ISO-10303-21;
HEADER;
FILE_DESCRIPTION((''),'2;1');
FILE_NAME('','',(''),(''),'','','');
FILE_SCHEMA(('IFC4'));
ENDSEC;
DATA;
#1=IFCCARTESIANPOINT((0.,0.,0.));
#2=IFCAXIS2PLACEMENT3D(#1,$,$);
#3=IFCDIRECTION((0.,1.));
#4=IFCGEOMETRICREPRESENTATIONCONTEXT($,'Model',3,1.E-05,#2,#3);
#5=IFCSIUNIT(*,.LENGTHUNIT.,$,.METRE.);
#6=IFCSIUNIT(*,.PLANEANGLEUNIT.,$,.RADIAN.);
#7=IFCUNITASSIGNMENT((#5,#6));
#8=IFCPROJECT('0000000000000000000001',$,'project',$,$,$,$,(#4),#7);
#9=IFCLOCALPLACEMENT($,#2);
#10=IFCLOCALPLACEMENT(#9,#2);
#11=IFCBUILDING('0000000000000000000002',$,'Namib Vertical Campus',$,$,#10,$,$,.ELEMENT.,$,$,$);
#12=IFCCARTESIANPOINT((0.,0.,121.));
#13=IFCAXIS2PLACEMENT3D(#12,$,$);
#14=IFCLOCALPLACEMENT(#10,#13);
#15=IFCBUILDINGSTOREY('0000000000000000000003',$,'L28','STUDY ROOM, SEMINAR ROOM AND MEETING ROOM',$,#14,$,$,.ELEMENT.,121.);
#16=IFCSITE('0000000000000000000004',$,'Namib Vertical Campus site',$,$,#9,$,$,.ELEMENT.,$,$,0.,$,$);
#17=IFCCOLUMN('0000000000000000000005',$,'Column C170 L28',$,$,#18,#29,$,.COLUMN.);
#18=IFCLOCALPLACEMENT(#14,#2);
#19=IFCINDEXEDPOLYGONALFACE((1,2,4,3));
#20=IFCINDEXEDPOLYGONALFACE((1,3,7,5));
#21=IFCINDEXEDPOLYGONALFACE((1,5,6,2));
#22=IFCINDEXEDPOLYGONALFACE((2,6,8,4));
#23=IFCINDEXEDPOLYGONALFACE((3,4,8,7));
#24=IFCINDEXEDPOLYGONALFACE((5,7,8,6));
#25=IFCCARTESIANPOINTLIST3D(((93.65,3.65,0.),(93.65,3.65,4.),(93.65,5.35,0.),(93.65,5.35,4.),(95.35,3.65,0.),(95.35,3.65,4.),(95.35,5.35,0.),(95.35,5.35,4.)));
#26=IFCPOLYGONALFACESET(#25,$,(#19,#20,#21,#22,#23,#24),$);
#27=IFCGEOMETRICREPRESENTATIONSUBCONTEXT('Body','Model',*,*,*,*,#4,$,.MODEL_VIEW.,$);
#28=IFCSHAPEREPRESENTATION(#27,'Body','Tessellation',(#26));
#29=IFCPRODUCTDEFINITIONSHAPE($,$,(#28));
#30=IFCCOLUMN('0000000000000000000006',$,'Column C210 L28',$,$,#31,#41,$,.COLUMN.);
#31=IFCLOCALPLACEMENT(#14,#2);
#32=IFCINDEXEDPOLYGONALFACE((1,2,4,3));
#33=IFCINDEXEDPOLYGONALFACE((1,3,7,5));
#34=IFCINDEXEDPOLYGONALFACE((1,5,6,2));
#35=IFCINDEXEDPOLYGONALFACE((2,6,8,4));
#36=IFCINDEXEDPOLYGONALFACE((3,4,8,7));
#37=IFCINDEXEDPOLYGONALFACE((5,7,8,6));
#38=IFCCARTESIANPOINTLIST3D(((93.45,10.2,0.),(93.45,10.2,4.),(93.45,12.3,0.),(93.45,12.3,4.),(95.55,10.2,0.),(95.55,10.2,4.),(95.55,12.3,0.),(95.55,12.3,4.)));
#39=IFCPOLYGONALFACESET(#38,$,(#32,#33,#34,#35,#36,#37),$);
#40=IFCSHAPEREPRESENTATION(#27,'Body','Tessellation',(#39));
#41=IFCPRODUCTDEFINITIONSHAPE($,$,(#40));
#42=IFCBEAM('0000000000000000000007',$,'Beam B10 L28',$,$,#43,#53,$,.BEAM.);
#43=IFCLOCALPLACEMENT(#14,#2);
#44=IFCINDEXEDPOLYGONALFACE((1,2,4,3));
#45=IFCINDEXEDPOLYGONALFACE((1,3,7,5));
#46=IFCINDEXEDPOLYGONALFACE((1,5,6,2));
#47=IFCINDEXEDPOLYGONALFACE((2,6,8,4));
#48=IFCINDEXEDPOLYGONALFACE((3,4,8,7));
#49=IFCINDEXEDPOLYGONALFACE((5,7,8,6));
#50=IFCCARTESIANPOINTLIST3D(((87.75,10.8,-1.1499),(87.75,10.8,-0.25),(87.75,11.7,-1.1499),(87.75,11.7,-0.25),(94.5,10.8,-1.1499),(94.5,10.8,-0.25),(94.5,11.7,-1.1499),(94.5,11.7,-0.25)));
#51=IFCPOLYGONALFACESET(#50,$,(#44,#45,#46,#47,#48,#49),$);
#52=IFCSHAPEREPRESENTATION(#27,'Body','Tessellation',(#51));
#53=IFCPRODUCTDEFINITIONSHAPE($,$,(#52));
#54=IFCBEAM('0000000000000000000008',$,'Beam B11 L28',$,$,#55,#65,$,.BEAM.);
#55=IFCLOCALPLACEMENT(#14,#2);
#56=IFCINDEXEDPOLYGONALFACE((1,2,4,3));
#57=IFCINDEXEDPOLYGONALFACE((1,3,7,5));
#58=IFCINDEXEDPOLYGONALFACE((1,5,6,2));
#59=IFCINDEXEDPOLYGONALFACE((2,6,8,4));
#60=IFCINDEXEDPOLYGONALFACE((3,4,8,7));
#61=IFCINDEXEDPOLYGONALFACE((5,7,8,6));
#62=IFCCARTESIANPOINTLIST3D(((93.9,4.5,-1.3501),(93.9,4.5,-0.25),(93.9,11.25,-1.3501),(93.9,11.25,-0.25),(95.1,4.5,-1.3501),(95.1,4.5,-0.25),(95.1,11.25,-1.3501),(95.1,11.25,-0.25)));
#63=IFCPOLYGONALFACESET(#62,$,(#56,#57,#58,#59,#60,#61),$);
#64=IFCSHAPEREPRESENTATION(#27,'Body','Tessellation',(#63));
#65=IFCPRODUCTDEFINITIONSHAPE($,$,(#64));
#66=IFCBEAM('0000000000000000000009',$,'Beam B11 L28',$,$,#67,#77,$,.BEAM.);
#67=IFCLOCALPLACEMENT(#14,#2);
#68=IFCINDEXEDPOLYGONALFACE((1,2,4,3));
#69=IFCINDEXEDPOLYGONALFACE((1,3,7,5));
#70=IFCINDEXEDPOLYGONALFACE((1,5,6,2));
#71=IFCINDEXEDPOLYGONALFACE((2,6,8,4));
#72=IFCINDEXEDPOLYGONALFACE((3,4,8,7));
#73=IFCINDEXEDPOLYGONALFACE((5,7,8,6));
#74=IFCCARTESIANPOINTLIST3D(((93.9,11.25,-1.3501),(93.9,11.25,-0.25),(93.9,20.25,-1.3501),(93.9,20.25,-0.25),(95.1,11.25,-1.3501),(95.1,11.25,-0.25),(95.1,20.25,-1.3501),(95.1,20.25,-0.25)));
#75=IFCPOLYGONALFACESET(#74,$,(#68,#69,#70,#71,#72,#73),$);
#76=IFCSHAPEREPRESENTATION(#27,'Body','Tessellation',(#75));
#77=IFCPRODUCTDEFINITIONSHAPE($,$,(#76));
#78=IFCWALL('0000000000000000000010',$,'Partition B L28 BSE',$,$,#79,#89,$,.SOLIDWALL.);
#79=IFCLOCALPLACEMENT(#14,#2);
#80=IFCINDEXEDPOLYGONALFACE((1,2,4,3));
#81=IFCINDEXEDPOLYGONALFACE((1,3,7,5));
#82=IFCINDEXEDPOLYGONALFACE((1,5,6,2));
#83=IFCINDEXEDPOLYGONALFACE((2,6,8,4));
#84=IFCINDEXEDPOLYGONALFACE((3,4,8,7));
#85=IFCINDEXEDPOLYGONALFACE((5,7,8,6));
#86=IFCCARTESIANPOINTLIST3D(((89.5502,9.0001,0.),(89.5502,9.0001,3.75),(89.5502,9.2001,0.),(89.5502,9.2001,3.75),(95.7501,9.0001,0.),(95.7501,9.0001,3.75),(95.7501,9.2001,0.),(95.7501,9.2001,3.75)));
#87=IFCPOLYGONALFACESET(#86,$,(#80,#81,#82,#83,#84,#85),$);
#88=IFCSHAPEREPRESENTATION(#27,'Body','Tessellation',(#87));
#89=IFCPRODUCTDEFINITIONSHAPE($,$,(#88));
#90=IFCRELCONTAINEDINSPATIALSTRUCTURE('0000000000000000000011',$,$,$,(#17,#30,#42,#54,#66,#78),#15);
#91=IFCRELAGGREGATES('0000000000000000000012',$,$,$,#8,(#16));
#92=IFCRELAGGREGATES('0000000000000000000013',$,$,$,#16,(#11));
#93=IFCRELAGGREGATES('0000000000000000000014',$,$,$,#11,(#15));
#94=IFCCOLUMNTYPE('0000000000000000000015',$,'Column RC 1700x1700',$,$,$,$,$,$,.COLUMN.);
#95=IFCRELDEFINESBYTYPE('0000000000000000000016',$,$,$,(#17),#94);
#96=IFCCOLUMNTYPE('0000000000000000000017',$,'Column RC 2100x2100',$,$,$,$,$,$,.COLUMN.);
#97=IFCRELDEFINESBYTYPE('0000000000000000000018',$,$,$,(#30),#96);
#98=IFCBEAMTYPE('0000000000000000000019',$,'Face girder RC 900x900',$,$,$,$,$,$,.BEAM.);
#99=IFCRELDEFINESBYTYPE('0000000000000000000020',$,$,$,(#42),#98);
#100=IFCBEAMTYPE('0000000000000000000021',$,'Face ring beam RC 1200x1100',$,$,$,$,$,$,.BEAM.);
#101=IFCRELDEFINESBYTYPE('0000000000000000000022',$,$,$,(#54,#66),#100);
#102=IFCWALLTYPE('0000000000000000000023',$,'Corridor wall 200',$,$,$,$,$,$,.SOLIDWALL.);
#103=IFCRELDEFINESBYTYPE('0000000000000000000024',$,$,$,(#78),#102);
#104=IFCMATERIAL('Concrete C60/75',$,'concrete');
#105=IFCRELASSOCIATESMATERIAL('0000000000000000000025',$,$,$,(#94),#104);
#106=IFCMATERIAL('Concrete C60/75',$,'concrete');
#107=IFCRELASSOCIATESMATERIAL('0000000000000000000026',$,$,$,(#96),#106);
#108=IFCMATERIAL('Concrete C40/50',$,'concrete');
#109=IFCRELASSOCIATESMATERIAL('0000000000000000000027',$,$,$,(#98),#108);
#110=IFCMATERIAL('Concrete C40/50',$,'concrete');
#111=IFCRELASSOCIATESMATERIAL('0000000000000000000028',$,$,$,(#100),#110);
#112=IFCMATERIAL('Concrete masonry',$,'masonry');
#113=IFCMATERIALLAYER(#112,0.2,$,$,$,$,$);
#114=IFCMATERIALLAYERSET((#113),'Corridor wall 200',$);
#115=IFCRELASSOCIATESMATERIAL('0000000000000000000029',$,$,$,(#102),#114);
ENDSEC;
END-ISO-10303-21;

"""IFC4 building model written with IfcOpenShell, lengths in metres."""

from ifc_helpers import new_model, si_unit, direction, frame, frame_2d, origin, origin_2d, place, context, subcontext, project, spatial, rectangle, extrude, material, layer, layer_set, material_profile, profile_set, type_object, element, save


model = new_model("IFC4")

# Units and contexts
model_context = context("Model", 3, precision=1e-05, world=origin(), true_north=direction((0.0, 1.0)))
body_context = subcontext(model_context, "Body", "Model", "MODEL_VIEW")
ifc_project = project(units=[si_unit("LENGTHUNIT", "METRE"), si_unit("PLANEANGLEUNIT", "RADIAN")], contexts=[model_context])

# Site, building, storey
site_placement = place(None, origin())
site = spatial("IfcSite", under=ifc_project, at=site_placement, Name="Namib Vertical Campus site", CompositionType="ELEMENT", RefElevation=0.0)
building_placement = place(site_placement, origin())
building = spatial("IfcBuilding", under=site, at=building_placement, Name="Namib Vertical Campus", CompositionType="ELEMENT")
storey_placement = place(building_placement, frame((0.0, 0.0, 121.0)))
storey = spatial("IfcBuildingStorey", under=building, at=storey_placement, Name="L28", Description="STUDY ROOM, SEMINAR ROOM AND MEETING ROOM", CompositionType="ELEMENT", Elevation=121.0)

# Columns
ifc_material_1 = material(Name="Concrete C60/75", Category="concrete")
ifc_material_profile_1 = material_profile(ifc_material_1, rectangle(XDim=1.7, YDim=1.7, at=origin_2d()))
ifc_profile_set_1 = profile_set([ifc_material_profile_1], Name="Concrete C60/75")
column_type_1 = type_object("IfcColumnType", Name="Column RC 1700x1700", PredefinedType="COLUMN", material=ifc_profile_set_1)
column_1_placement = place(storey_placement, frame((94.5, 4.5, 0.0), z_axis=(0.0, 0.0, 1.0), x_axis=(1.0, 0.0, 0.0)))
element("IfcColumn", 1, at=column_1_placement, inside=storey, type_object=column_type_1, Name="Column C170 L28", PredefinedType="COLUMN", context=body_context, shape_type="SweptSolid", body=[
    extrude(rectangle(XDim=1.7, YDim=1.7, at=origin_2d()), origin(), (0.0, 0.0, 1.0), 4.0),
])
ifc_material_2 = material(Name="Concrete C60/75", Category="concrete")
ifc_material_profile_2 = material_profile(ifc_material_2, rectangle(XDim=2.1001, YDim=2.1001, at=origin_2d()))
ifc_profile_set_2 = profile_set([ifc_material_profile_2], Name="Concrete C60/75")
column_type_2 = type_object("IfcColumnType", Name="Column RC 2100x2100", PredefinedType="COLUMN", material=ifc_profile_set_2)
column_2_placement = place(storey_placement, frame((94.5, 11.25, 0.0), z_axis=(0.0, 0.0, 1.0), x_axis=(1.0, 0.0, 0.0)))
element("IfcColumn", 2, at=column_2_placement, inside=storey, type_object=column_type_2, Name="Column C210 L28", PredefinedType="COLUMN", context=body_context, shape_type="SweptSolid", body=[
    extrude(rectangle(XDim=2.1001, YDim=2.1001, at=origin_2d()), origin(), (0.0, 0.0, 1.0), 4.0),
])

# Beams
ifc_material_3 = material(Name="Concrete C40/50", Category="concrete")
ifc_material_profile_3 = material_profile(ifc_material_3, rectangle(XDim=0.8999, YDim=0.8999, at=origin_2d()))
ifc_profile_set_3 = profile_set([ifc_material_profile_3], Name="Concrete C40/50")
beam_type_1 = type_object("IfcBeamType", Name="Face girder RC 900x900", PredefinedType="BEAM", material=ifc_profile_set_3)
beam_1_placement = place(storey_placement, frame((94.5, 11.25, -0.7), z_axis=(-1.0, 0.0, 0.0), x_axis=(0.0, -1.0, 0.0)))
element("IfcBeam", 3, at=beam_1_placement, inside=storey, type_object=beam_type_1, Name="Beam B10 L28", PredefinedType="BEAM", context=body_context, shape_type="SweptSolid", body=[
    extrude(rectangle(XDim=0.8999, YDim=0.8999, at=origin_2d()), origin(), (0.0, 0.0, 1.0), 6.75),
])
ifc_material_4 = material(Name="Concrete C40/50", Category="concrete")
ifc_material_profile_4 = material_profile(ifc_material_4, rectangle(XDim=1.2, YDim=1.1001, at=origin_2d()))
ifc_profile_set_4 = profile_set([ifc_material_profile_4], Name="Concrete C40/50")
beam_type_2 = type_object("IfcBeamType", Name="Face ring beam RC 1200x1100", PredefinedType="BEAM", material=ifc_profile_set_4)
beam_2_placement = place(storey_placement, frame((94.5, 4.5, -0.8), z_axis=(0.0, 1.0, 0.0), x_axis=(-1.0, 0.0, 0.0)))
element("IfcBeam", 4, at=beam_2_placement, inside=storey, type_object=beam_type_2, Name="Beam B11 L28", PredefinedType="BEAM", context=body_context, shape_type="SweptSolid", body=[
    extrude(rectangle(XDim=1.2, YDim=1.1001, at=origin_2d()), origin(), (0.0, 0.0, 1.0), 6.75),
])
beam_3_placement = place(storey_placement, frame((94.5, 11.25, -0.8), z_axis=(0.0, 1.0, 0.0), x_axis=(-1.0, 0.0, 0.0)))
element("IfcBeam", 5, at=beam_3_placement, inside=storey, type_object=beam_type_2, Name="Beam B11 L28", PredefinedType="BEAM", context=body_context, shape_type="SweptSolid", body=[
    extrude(rectangle(XDim=1.2, YDim=1.1001, at=origin_2d()), origin(), (0.0, 0.0, 1.0), 9.0),
])

# Wall
ifc_material_5 = material(Name="Concrete masonry", Category="masonry")
ifc_layer_1 = layer(ifc_material_5, 0.2)
ifc_layer_set_1 = layer_set([ifc_layer_1], Name="Corridor wall 200")
wall_type_1 = type_object("IfcWallType", Name="Corridor wall 200", PredefinedType="SOLIDWALL", material=ifc_layer_set_1)
wall_1_placement = place(storey_placement, frame((89.55, 9.1001, 0.0), z_axis=(0.0, 0.0, 1.0), x_axis=(1.0, 0.0, 0.0)))
element("IfcWall", 6, at=wall_1_placement, inside=storey, type_object=wall_type_1, Name="Partition B L28 BSE", PredefinedType="SOLIDWALL", context=body_context, shape_type="SweptSolid", body=[
    extrude(rectangle(XDim=6.2, YDim=0.2, at=frame_2d((3.1001, 0.0))), origin(), (0.0, 0.0, 1.0), 3.75),
])

save(model, "model.ifc")
